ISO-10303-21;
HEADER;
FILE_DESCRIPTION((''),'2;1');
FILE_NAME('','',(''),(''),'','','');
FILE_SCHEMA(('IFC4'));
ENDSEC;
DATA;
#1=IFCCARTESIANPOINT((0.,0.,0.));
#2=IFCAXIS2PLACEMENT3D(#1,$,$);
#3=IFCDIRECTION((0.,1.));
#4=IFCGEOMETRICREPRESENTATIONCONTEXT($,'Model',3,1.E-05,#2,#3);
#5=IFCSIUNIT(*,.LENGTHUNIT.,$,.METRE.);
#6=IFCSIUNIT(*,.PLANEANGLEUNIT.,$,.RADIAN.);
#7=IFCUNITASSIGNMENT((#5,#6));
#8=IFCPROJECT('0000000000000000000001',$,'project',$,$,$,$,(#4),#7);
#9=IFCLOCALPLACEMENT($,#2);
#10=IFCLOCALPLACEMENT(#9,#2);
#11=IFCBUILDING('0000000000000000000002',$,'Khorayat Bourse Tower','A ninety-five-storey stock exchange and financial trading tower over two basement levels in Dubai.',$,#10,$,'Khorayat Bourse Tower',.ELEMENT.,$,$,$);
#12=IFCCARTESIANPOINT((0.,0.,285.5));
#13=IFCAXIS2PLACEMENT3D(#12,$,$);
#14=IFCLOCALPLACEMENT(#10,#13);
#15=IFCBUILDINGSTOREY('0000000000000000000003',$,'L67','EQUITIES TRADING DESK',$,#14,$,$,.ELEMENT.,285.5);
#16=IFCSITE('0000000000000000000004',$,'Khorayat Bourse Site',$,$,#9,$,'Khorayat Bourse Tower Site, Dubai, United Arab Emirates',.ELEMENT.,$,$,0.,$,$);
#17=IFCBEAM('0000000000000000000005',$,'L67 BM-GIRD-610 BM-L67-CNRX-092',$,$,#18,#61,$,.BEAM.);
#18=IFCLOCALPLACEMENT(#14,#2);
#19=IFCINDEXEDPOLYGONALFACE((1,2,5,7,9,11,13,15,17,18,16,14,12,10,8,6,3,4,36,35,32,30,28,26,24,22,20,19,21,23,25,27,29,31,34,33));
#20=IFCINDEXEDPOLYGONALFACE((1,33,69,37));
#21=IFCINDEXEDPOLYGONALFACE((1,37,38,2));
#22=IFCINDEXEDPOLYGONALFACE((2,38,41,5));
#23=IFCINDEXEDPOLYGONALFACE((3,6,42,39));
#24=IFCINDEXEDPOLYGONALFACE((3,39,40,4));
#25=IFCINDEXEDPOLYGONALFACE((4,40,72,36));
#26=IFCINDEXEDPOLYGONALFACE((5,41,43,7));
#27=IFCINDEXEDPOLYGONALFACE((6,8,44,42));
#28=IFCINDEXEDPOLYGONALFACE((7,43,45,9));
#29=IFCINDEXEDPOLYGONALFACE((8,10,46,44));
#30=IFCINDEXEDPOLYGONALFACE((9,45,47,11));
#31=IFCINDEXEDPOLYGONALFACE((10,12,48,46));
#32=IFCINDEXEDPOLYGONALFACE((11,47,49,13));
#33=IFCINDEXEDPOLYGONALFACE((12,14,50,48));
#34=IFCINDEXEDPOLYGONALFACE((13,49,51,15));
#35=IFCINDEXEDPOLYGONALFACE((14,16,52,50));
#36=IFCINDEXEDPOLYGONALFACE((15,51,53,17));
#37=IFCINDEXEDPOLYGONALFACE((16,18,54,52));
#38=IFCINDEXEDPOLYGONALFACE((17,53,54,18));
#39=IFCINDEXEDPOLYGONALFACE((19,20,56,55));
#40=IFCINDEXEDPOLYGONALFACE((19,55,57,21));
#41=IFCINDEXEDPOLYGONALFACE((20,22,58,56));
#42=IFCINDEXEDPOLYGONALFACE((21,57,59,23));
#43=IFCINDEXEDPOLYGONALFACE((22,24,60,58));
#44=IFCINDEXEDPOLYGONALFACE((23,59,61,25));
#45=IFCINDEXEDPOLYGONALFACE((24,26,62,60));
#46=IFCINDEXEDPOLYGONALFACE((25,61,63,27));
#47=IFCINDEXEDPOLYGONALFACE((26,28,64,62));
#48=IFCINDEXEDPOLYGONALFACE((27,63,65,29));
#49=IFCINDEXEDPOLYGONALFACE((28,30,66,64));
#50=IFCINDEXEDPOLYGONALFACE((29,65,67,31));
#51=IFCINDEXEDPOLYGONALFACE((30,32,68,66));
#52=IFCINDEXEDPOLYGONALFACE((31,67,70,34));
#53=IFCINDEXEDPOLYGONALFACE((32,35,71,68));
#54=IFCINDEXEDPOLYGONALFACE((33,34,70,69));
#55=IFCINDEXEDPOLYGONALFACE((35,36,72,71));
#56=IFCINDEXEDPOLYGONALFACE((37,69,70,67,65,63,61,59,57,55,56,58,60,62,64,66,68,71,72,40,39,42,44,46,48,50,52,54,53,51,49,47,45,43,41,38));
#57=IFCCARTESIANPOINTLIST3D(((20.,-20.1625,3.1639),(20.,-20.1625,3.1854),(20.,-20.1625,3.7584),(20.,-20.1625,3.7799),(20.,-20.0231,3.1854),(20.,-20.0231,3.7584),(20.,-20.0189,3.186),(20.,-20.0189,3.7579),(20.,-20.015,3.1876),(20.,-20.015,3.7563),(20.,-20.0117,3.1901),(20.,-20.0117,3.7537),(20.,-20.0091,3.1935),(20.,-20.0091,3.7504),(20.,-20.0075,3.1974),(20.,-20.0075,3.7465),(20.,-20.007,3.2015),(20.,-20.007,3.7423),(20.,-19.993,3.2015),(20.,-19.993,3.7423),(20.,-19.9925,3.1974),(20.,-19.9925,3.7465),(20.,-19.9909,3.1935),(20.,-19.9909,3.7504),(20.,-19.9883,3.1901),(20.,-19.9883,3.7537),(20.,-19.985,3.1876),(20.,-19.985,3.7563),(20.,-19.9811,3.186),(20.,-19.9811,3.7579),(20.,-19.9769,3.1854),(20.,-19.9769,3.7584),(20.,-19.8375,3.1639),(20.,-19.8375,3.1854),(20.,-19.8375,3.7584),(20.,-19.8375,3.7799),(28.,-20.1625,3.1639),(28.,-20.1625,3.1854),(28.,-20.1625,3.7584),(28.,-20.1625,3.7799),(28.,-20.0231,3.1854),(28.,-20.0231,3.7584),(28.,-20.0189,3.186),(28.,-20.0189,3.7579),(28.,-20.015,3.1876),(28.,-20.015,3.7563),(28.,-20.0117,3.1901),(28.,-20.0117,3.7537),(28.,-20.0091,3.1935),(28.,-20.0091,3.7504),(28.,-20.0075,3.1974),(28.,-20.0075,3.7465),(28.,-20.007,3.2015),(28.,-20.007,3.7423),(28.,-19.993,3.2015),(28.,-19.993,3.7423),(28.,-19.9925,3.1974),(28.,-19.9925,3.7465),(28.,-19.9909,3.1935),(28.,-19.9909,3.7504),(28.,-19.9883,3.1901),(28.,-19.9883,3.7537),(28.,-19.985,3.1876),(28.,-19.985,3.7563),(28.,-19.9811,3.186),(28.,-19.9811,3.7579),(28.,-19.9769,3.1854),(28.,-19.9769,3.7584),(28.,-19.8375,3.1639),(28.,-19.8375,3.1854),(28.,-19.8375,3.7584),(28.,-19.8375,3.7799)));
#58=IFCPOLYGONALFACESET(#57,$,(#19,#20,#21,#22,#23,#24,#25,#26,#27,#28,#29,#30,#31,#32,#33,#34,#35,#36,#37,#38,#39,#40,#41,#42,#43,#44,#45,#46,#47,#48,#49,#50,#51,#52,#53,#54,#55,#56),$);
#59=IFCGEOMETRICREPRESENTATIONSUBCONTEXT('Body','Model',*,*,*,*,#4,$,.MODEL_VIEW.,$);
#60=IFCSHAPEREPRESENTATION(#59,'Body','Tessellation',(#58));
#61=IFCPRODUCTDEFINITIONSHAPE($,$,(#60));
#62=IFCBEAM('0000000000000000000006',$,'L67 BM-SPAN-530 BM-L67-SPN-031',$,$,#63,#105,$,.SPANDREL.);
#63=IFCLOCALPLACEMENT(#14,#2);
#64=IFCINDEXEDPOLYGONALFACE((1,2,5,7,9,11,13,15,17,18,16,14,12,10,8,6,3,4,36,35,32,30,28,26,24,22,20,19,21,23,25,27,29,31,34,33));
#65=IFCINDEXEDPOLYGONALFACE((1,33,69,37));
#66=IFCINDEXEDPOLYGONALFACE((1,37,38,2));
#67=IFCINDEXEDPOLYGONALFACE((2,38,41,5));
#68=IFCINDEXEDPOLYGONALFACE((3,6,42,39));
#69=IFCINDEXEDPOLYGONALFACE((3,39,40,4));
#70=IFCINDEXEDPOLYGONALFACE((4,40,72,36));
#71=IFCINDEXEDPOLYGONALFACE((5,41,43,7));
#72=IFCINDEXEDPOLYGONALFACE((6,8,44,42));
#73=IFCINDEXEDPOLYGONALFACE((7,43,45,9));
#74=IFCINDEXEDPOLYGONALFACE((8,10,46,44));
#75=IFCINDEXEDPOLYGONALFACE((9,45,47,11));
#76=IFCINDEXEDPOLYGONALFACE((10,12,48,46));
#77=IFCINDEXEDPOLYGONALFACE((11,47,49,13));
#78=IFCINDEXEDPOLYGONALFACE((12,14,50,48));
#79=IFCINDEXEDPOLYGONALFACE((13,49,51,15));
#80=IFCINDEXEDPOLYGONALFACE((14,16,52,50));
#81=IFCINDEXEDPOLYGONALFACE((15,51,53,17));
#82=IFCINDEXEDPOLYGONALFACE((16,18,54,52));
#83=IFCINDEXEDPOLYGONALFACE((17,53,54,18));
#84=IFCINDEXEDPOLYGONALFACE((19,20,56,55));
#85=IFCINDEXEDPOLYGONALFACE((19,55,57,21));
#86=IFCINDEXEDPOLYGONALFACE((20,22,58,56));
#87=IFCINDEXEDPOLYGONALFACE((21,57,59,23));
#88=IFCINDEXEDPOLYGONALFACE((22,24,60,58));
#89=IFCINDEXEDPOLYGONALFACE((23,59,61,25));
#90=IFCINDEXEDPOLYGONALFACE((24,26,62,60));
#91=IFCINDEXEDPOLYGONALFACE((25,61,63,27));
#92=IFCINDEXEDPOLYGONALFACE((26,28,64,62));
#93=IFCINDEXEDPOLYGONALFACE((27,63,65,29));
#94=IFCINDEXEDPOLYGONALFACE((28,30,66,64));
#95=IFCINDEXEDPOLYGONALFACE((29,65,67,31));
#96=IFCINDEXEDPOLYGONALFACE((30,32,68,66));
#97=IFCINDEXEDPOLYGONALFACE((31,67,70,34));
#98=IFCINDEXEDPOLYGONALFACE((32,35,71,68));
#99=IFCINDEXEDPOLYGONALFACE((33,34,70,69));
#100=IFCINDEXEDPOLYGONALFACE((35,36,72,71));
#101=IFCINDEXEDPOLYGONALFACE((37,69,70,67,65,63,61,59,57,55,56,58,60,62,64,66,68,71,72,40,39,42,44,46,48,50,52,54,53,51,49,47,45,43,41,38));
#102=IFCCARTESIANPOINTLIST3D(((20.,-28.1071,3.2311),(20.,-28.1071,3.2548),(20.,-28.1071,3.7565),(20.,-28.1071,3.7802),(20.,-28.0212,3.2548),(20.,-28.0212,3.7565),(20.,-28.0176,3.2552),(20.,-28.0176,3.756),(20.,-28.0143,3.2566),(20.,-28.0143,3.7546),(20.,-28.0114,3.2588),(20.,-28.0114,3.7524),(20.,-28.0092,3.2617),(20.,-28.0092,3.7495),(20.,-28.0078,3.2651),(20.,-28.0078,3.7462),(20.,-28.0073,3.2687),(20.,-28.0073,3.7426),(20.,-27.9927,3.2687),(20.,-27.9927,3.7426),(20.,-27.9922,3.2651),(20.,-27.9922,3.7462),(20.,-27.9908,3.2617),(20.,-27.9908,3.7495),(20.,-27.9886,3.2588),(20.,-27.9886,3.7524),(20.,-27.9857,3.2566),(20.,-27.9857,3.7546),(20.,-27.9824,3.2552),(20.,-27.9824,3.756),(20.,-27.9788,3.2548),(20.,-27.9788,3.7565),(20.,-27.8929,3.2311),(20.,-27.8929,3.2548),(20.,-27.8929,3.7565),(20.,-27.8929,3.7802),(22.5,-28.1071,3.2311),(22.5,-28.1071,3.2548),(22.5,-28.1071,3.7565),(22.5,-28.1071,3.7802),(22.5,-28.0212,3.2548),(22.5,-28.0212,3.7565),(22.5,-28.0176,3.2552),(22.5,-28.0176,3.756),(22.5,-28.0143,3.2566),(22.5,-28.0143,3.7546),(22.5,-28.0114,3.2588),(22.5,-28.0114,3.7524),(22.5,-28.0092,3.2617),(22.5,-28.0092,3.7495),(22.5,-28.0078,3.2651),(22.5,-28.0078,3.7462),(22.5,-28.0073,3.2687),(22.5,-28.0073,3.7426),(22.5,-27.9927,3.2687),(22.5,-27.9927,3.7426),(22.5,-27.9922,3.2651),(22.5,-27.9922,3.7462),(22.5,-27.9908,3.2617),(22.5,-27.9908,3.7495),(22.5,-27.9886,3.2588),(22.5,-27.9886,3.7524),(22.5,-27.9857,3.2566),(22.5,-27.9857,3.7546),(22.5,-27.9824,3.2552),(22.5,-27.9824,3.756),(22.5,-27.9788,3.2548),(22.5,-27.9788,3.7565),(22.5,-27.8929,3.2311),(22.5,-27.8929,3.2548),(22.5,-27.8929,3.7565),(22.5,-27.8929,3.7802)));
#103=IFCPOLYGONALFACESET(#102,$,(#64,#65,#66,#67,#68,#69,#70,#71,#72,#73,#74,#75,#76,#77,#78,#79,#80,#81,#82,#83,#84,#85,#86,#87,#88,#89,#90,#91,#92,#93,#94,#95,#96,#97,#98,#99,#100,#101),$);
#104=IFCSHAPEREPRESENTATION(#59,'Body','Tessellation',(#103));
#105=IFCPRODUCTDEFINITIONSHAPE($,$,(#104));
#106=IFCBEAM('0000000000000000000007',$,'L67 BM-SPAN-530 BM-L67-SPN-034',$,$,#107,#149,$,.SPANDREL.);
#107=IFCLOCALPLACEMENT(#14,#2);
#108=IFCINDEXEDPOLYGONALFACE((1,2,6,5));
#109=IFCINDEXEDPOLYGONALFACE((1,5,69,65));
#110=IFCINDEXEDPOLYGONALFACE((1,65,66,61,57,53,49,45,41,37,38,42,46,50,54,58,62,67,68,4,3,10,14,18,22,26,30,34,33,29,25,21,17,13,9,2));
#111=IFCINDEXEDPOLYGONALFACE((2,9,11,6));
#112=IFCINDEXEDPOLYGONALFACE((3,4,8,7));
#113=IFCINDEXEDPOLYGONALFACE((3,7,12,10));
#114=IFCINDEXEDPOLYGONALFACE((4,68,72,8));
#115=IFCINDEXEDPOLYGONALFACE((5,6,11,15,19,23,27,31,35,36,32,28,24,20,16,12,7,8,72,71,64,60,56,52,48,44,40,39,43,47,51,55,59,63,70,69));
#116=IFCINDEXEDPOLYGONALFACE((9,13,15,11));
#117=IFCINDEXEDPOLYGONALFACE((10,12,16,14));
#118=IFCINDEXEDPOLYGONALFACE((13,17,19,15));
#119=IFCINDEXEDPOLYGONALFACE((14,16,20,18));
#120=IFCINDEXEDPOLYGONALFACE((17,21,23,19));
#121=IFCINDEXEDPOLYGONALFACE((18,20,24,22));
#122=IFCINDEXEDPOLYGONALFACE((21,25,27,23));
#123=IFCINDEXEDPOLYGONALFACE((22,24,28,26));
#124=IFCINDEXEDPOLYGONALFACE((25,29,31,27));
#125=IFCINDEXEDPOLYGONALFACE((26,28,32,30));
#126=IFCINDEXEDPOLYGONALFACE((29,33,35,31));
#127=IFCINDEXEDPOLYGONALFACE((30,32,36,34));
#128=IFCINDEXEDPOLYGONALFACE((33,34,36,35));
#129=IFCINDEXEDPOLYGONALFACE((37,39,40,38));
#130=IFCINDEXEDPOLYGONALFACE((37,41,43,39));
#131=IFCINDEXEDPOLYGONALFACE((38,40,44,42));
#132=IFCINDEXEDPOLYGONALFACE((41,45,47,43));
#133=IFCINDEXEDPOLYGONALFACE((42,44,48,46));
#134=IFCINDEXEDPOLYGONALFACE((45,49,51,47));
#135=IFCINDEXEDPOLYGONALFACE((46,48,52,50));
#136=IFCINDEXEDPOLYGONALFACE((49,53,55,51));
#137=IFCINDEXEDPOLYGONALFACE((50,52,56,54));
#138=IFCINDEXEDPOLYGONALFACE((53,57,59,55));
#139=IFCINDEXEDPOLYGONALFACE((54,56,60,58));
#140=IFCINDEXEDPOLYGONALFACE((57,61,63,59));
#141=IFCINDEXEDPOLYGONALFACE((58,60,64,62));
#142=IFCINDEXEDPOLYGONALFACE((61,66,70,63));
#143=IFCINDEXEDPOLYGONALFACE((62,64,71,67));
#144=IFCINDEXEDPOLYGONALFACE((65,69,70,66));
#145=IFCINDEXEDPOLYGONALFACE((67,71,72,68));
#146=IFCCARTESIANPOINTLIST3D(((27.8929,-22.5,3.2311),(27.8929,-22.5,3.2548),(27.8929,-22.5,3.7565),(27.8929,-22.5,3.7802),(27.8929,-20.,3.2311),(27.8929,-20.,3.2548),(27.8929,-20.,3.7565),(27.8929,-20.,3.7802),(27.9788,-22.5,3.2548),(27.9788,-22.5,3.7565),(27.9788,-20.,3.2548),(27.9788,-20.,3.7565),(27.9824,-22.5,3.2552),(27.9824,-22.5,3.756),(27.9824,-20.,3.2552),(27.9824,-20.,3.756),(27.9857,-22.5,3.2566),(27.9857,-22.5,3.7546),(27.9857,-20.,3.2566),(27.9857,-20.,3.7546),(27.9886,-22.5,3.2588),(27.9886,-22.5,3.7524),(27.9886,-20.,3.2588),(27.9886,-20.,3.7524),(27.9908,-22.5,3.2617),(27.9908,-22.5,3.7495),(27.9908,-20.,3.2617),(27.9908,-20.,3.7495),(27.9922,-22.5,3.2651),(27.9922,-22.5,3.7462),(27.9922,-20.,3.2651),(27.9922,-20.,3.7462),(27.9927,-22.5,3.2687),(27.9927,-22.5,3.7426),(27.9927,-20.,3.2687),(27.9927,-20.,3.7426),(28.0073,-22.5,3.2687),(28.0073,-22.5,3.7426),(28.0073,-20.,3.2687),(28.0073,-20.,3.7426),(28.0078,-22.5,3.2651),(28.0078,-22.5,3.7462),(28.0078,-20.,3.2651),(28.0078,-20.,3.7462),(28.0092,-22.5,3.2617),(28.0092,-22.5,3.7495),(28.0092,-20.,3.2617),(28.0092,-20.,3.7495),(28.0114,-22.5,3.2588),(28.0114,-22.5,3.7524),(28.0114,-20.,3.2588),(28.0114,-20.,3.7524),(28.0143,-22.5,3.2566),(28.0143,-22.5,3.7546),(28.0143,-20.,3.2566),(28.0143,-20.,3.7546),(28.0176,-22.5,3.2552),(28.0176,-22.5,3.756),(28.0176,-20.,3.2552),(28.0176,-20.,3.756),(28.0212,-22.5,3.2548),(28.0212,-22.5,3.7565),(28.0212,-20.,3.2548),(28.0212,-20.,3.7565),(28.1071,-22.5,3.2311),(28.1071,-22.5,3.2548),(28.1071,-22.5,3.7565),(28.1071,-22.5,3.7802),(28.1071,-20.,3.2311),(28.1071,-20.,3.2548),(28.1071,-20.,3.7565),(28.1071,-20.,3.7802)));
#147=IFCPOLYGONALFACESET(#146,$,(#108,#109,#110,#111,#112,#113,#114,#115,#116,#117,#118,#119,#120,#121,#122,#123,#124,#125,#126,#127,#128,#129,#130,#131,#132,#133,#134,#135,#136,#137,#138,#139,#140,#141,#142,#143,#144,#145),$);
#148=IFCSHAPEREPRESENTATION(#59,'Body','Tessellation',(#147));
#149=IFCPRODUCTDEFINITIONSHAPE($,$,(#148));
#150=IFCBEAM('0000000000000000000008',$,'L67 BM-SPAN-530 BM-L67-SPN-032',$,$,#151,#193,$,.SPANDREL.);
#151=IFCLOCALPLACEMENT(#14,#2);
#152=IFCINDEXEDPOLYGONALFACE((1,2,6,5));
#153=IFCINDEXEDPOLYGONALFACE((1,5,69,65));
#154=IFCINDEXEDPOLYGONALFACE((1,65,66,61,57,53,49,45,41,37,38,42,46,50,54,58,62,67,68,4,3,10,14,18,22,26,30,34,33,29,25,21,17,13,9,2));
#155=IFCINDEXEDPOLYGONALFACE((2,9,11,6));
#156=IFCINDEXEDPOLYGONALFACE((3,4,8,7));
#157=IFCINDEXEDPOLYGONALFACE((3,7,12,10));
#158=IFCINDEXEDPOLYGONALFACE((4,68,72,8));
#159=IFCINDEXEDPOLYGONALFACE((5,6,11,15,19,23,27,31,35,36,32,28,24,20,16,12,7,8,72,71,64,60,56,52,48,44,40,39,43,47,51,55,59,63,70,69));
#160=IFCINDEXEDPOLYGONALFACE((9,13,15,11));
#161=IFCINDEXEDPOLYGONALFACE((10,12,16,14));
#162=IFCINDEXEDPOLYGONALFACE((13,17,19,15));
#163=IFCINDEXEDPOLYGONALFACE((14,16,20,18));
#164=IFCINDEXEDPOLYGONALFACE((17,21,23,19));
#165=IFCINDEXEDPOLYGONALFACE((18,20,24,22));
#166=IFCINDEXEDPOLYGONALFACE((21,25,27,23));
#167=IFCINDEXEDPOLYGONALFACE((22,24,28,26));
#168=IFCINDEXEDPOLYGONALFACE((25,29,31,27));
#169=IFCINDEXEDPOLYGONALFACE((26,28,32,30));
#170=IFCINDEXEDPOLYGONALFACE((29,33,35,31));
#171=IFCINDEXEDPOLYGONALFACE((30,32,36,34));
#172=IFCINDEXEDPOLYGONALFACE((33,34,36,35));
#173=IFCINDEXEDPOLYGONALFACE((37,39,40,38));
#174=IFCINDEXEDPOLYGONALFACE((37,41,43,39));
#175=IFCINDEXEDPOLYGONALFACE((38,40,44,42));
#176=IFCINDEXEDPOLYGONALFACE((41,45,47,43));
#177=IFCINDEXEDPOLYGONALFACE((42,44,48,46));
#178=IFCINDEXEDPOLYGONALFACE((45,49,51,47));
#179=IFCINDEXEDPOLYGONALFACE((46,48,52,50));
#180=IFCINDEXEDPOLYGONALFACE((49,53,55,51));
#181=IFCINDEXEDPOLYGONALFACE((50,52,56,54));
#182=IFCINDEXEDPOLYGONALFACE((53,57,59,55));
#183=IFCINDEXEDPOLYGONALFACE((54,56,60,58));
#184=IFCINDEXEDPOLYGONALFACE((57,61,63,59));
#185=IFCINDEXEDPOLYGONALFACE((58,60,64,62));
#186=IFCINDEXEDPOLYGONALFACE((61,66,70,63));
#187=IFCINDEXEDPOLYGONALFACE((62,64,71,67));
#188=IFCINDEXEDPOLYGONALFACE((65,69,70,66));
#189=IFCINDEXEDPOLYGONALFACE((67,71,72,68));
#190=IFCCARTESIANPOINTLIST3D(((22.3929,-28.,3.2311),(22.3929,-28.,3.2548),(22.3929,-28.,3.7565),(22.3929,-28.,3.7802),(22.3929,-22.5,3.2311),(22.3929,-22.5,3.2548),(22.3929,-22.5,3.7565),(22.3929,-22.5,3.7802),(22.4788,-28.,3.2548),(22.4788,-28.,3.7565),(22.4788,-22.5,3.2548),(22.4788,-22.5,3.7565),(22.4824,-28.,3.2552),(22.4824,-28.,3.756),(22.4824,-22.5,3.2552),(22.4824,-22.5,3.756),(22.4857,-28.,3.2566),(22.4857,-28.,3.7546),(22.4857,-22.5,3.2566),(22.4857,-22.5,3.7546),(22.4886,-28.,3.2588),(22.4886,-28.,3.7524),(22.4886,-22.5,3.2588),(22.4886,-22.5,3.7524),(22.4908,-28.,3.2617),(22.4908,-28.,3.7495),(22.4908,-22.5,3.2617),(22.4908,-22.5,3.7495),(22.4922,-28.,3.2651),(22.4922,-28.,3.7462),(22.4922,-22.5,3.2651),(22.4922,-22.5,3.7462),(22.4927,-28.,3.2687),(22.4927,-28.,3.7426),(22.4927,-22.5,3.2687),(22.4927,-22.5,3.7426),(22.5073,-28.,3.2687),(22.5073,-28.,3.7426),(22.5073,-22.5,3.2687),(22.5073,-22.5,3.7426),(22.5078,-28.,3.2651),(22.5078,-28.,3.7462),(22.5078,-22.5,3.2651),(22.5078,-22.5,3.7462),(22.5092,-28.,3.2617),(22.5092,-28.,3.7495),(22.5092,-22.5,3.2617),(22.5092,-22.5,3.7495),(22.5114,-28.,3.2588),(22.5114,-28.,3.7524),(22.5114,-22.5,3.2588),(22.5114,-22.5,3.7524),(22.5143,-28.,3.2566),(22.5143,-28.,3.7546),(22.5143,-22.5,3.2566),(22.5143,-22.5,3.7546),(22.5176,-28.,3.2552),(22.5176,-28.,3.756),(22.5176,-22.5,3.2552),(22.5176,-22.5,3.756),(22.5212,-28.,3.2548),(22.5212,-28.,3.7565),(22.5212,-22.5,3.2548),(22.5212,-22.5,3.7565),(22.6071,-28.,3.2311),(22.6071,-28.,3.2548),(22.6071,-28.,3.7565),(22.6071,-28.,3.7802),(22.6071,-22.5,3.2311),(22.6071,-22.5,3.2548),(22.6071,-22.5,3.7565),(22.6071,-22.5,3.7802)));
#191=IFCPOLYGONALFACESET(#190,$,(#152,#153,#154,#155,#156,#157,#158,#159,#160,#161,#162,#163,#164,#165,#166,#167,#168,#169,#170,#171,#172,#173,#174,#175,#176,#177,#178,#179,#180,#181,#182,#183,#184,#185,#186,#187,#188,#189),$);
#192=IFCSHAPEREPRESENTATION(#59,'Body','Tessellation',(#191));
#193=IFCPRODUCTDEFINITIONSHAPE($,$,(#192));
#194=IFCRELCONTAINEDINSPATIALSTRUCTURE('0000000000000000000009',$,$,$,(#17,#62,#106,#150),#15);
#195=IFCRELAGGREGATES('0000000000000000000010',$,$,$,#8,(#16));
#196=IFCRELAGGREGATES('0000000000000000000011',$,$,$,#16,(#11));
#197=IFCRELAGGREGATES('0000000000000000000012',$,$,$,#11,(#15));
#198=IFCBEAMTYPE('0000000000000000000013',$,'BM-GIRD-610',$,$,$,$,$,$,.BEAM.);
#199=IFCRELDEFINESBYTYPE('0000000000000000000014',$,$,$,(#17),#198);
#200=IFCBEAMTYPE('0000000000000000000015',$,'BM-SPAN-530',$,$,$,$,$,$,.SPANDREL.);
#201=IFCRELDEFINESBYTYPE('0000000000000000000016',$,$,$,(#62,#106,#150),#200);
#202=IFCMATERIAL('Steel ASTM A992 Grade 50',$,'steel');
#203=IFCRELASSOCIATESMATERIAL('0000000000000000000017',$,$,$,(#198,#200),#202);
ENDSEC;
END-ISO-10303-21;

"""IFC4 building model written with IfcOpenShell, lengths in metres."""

from ifc_helpers import new_model, si_unit, direction, frame, origin, origin_2d, place, context, subcontext, project, spatial, i_section, extrude, source, transform, mapped, material, material_profile, profile_set, type_object, element, save


model = new_model("IFC4")

# Units and contexts
model_context = context("Model", 3, precision=1e-05, world=origin(), true_north=direction((0.0, 1.0)))
body_context = subcontext(model_context, "Body", "Model", "MODEL_VIEW")
ifc_project = project(units=[si_unit("LENGTHUNIT", "METRE"), si_unit("PLANEANGLEUNIT", "RADIAN")], contexts=[model_context])

# Site, building, storey
site_placement = place(None, origin())
site = spatial("IfcSite", under=ifc_project, at=site_placement, Name="Khorayat Bourse Site", LongName="Khorayat Bourse Tower Site, Dubai, United Arab Emirates", CompositionType="ELEMENT", RefElevation=0.0)
building_placement = place(site_placement, origin())
building = spatial("IfcBuilding", under=site, at=building_placement, Name="Khorayat Bourse Tower", Description="A ninety-five-storey stock exchange and financial trading tower over two basement levels in Dubai.", LongName="Khorayat Bourse Tower", CompositionType="ELEMENT")
storey_placement = place(building_placement, frame((0.0, 0.0, 285.5)))
storey = spatial("IfcBuildingStorey", under=building, at=storey_placement, Name="L67", Description="EQUITIES TRADING DESK", CompositionType="ELEMENT", Elevation=285.5)

# Beams
ifc_material_1 = material(Name="Steel ASTM A992 Grade 50", Category="steel")
ifc_material_profile_1 = material_profile(ifc_material_1, i_section(OverallWidth=0.325, OverallDepth=0.616, WebThickness=0.0139, FlangeThickness=0.0215, FilletRadius=0.0161, at=origin_2d()), Name="W610X174")
ifc_profile_set_1 = profile_set([ifc_material_profile_1], Name="Steel ASTM A992 Grade 50")
beam_type_1 = type_object("IfcBeamType", Name="BM-GIRD-610", PredefinedType="BEAM", material=ifc_profile_set_1)
shared_shape_1 = source(origin(), body_context, "Body", "SweptSolid", [
    extrude(i_section(OverallWidth=0.325, OverallDepth=0.616, WebThickness=0.0139, FlangeThickness=0.0215, FilletRadius=0.0161, at=origin_2d()), origin(), (0.0, 0.0, 1.0), 8.0),
])
beam_1_placement = place(storey_placement, frame((20.0, -20.0, 3.4719), z_axis=(1.0, 0.0, 0.0), x_axis=(0.0, 1.0, 0.0)))
element("IfcBeam", 1, at=beam_1_placement, inside=storey, type_object=beam_type_1, Name="L67 BM-GIRD-610 BM-L67-CNRX-092", PredefinedType="BEAM", context=body_context, shape_type="MappedRepresentation", body=[
    mapped(shared_shape_1, transform((0.0, 0.0, 0.0), scale=1.0)),
])
ifc_material_profile_2 = material_profile(ifc_material_1, i_section(OverallWidth=0.2141, OverallDepth=0.5491, WebThickness=0.0146, FlangeThickness=0.0237, FilletRadius=0.0139, at=origin_2d()), Name="W530X138")
ifc_profile_set_2 = profile_set([ifc_material_profile_2], Name="Steel ASTM A992 Grade 50")
beam_type_2 = type_object("IfcBeamType", Name="BM-SPAN-530", PredefinedType="SPANDREL", material=ifc_profile_set_2)
shared_shape_2 = source(origin(), body_context, "Body", "SweptSolid", [
    extrude(i_section(OverallWidth=0.2141, OverallDepth=0.5491, WebThickness=0.0146, FlangeThickness=0.0237, FilletRadius=0.0139, at=origin_2d()), origin(), (0.0, 0.0, 1.0), 2.5),
])
for number, where, z_axis, x_axis, name in (
    (2, (20.0, -28.0, 3.5056), (1.0, 0.0, 0.0), (0.0, 1.0, 0.0), "L67 BM-SPAN-530 BM-L67-SPN-031"),
    (3, (28.0, -22.5, 3.5056), (0.0, 1.0, 0.0), (-1.0, 0.0, 0.0), "L67 BM-SPAN-530 BM-L67-SPN-034"),
):
    element("IfcBeam", number, at=place(storey_placement, frame(where, z_axis=z_axis, x_axis=x_axis)), inside=storey, type_object=beam_type_2, Name=name, PredefinedType="SPANDREL", context=body_context, shape_type="MappedRepresentation", body=[
        mapped(shared_shape_2, transform((0.0, 0.0, 0.0), scale=1.0)),
    ])
shared_shape_3 = source(origin(), body_context, "Body", "SweptSolid", [
    extrude(i_section(OverallWidth=0.2141, OverallDepth=0.5491, WebThickness=0.0146, FlangeThickness=0.0237, FilletRadius=0.0139, at=origin_2d()), origin(), (0.0, 0.0, 1.0), 5.5),
])
for number, where, z_axis, x_axis, name in (
    (4, (22.5, -28.0, 3.5056), (0.0, 1.0, 0.0), (-1.0, 0.0, 0.0), "L67 BM-SPAN-530 BM-L67-SPN-032"),
):
    element("IfcBeam", number, at=place(storey_placement, frame(where, z_axis=z_axis, x_axis=x_axis)), inside=storey, type_object=beam_type_2, Name=name, PredefinedType="SPANDREL", context=body_context, shape_type="MappedRepresentation", body=[
        mapped(shared_shape_3, transform((0.0, 0.0, 0.0), scale=1.0)),
    ])

save(model, "model.ifc")
